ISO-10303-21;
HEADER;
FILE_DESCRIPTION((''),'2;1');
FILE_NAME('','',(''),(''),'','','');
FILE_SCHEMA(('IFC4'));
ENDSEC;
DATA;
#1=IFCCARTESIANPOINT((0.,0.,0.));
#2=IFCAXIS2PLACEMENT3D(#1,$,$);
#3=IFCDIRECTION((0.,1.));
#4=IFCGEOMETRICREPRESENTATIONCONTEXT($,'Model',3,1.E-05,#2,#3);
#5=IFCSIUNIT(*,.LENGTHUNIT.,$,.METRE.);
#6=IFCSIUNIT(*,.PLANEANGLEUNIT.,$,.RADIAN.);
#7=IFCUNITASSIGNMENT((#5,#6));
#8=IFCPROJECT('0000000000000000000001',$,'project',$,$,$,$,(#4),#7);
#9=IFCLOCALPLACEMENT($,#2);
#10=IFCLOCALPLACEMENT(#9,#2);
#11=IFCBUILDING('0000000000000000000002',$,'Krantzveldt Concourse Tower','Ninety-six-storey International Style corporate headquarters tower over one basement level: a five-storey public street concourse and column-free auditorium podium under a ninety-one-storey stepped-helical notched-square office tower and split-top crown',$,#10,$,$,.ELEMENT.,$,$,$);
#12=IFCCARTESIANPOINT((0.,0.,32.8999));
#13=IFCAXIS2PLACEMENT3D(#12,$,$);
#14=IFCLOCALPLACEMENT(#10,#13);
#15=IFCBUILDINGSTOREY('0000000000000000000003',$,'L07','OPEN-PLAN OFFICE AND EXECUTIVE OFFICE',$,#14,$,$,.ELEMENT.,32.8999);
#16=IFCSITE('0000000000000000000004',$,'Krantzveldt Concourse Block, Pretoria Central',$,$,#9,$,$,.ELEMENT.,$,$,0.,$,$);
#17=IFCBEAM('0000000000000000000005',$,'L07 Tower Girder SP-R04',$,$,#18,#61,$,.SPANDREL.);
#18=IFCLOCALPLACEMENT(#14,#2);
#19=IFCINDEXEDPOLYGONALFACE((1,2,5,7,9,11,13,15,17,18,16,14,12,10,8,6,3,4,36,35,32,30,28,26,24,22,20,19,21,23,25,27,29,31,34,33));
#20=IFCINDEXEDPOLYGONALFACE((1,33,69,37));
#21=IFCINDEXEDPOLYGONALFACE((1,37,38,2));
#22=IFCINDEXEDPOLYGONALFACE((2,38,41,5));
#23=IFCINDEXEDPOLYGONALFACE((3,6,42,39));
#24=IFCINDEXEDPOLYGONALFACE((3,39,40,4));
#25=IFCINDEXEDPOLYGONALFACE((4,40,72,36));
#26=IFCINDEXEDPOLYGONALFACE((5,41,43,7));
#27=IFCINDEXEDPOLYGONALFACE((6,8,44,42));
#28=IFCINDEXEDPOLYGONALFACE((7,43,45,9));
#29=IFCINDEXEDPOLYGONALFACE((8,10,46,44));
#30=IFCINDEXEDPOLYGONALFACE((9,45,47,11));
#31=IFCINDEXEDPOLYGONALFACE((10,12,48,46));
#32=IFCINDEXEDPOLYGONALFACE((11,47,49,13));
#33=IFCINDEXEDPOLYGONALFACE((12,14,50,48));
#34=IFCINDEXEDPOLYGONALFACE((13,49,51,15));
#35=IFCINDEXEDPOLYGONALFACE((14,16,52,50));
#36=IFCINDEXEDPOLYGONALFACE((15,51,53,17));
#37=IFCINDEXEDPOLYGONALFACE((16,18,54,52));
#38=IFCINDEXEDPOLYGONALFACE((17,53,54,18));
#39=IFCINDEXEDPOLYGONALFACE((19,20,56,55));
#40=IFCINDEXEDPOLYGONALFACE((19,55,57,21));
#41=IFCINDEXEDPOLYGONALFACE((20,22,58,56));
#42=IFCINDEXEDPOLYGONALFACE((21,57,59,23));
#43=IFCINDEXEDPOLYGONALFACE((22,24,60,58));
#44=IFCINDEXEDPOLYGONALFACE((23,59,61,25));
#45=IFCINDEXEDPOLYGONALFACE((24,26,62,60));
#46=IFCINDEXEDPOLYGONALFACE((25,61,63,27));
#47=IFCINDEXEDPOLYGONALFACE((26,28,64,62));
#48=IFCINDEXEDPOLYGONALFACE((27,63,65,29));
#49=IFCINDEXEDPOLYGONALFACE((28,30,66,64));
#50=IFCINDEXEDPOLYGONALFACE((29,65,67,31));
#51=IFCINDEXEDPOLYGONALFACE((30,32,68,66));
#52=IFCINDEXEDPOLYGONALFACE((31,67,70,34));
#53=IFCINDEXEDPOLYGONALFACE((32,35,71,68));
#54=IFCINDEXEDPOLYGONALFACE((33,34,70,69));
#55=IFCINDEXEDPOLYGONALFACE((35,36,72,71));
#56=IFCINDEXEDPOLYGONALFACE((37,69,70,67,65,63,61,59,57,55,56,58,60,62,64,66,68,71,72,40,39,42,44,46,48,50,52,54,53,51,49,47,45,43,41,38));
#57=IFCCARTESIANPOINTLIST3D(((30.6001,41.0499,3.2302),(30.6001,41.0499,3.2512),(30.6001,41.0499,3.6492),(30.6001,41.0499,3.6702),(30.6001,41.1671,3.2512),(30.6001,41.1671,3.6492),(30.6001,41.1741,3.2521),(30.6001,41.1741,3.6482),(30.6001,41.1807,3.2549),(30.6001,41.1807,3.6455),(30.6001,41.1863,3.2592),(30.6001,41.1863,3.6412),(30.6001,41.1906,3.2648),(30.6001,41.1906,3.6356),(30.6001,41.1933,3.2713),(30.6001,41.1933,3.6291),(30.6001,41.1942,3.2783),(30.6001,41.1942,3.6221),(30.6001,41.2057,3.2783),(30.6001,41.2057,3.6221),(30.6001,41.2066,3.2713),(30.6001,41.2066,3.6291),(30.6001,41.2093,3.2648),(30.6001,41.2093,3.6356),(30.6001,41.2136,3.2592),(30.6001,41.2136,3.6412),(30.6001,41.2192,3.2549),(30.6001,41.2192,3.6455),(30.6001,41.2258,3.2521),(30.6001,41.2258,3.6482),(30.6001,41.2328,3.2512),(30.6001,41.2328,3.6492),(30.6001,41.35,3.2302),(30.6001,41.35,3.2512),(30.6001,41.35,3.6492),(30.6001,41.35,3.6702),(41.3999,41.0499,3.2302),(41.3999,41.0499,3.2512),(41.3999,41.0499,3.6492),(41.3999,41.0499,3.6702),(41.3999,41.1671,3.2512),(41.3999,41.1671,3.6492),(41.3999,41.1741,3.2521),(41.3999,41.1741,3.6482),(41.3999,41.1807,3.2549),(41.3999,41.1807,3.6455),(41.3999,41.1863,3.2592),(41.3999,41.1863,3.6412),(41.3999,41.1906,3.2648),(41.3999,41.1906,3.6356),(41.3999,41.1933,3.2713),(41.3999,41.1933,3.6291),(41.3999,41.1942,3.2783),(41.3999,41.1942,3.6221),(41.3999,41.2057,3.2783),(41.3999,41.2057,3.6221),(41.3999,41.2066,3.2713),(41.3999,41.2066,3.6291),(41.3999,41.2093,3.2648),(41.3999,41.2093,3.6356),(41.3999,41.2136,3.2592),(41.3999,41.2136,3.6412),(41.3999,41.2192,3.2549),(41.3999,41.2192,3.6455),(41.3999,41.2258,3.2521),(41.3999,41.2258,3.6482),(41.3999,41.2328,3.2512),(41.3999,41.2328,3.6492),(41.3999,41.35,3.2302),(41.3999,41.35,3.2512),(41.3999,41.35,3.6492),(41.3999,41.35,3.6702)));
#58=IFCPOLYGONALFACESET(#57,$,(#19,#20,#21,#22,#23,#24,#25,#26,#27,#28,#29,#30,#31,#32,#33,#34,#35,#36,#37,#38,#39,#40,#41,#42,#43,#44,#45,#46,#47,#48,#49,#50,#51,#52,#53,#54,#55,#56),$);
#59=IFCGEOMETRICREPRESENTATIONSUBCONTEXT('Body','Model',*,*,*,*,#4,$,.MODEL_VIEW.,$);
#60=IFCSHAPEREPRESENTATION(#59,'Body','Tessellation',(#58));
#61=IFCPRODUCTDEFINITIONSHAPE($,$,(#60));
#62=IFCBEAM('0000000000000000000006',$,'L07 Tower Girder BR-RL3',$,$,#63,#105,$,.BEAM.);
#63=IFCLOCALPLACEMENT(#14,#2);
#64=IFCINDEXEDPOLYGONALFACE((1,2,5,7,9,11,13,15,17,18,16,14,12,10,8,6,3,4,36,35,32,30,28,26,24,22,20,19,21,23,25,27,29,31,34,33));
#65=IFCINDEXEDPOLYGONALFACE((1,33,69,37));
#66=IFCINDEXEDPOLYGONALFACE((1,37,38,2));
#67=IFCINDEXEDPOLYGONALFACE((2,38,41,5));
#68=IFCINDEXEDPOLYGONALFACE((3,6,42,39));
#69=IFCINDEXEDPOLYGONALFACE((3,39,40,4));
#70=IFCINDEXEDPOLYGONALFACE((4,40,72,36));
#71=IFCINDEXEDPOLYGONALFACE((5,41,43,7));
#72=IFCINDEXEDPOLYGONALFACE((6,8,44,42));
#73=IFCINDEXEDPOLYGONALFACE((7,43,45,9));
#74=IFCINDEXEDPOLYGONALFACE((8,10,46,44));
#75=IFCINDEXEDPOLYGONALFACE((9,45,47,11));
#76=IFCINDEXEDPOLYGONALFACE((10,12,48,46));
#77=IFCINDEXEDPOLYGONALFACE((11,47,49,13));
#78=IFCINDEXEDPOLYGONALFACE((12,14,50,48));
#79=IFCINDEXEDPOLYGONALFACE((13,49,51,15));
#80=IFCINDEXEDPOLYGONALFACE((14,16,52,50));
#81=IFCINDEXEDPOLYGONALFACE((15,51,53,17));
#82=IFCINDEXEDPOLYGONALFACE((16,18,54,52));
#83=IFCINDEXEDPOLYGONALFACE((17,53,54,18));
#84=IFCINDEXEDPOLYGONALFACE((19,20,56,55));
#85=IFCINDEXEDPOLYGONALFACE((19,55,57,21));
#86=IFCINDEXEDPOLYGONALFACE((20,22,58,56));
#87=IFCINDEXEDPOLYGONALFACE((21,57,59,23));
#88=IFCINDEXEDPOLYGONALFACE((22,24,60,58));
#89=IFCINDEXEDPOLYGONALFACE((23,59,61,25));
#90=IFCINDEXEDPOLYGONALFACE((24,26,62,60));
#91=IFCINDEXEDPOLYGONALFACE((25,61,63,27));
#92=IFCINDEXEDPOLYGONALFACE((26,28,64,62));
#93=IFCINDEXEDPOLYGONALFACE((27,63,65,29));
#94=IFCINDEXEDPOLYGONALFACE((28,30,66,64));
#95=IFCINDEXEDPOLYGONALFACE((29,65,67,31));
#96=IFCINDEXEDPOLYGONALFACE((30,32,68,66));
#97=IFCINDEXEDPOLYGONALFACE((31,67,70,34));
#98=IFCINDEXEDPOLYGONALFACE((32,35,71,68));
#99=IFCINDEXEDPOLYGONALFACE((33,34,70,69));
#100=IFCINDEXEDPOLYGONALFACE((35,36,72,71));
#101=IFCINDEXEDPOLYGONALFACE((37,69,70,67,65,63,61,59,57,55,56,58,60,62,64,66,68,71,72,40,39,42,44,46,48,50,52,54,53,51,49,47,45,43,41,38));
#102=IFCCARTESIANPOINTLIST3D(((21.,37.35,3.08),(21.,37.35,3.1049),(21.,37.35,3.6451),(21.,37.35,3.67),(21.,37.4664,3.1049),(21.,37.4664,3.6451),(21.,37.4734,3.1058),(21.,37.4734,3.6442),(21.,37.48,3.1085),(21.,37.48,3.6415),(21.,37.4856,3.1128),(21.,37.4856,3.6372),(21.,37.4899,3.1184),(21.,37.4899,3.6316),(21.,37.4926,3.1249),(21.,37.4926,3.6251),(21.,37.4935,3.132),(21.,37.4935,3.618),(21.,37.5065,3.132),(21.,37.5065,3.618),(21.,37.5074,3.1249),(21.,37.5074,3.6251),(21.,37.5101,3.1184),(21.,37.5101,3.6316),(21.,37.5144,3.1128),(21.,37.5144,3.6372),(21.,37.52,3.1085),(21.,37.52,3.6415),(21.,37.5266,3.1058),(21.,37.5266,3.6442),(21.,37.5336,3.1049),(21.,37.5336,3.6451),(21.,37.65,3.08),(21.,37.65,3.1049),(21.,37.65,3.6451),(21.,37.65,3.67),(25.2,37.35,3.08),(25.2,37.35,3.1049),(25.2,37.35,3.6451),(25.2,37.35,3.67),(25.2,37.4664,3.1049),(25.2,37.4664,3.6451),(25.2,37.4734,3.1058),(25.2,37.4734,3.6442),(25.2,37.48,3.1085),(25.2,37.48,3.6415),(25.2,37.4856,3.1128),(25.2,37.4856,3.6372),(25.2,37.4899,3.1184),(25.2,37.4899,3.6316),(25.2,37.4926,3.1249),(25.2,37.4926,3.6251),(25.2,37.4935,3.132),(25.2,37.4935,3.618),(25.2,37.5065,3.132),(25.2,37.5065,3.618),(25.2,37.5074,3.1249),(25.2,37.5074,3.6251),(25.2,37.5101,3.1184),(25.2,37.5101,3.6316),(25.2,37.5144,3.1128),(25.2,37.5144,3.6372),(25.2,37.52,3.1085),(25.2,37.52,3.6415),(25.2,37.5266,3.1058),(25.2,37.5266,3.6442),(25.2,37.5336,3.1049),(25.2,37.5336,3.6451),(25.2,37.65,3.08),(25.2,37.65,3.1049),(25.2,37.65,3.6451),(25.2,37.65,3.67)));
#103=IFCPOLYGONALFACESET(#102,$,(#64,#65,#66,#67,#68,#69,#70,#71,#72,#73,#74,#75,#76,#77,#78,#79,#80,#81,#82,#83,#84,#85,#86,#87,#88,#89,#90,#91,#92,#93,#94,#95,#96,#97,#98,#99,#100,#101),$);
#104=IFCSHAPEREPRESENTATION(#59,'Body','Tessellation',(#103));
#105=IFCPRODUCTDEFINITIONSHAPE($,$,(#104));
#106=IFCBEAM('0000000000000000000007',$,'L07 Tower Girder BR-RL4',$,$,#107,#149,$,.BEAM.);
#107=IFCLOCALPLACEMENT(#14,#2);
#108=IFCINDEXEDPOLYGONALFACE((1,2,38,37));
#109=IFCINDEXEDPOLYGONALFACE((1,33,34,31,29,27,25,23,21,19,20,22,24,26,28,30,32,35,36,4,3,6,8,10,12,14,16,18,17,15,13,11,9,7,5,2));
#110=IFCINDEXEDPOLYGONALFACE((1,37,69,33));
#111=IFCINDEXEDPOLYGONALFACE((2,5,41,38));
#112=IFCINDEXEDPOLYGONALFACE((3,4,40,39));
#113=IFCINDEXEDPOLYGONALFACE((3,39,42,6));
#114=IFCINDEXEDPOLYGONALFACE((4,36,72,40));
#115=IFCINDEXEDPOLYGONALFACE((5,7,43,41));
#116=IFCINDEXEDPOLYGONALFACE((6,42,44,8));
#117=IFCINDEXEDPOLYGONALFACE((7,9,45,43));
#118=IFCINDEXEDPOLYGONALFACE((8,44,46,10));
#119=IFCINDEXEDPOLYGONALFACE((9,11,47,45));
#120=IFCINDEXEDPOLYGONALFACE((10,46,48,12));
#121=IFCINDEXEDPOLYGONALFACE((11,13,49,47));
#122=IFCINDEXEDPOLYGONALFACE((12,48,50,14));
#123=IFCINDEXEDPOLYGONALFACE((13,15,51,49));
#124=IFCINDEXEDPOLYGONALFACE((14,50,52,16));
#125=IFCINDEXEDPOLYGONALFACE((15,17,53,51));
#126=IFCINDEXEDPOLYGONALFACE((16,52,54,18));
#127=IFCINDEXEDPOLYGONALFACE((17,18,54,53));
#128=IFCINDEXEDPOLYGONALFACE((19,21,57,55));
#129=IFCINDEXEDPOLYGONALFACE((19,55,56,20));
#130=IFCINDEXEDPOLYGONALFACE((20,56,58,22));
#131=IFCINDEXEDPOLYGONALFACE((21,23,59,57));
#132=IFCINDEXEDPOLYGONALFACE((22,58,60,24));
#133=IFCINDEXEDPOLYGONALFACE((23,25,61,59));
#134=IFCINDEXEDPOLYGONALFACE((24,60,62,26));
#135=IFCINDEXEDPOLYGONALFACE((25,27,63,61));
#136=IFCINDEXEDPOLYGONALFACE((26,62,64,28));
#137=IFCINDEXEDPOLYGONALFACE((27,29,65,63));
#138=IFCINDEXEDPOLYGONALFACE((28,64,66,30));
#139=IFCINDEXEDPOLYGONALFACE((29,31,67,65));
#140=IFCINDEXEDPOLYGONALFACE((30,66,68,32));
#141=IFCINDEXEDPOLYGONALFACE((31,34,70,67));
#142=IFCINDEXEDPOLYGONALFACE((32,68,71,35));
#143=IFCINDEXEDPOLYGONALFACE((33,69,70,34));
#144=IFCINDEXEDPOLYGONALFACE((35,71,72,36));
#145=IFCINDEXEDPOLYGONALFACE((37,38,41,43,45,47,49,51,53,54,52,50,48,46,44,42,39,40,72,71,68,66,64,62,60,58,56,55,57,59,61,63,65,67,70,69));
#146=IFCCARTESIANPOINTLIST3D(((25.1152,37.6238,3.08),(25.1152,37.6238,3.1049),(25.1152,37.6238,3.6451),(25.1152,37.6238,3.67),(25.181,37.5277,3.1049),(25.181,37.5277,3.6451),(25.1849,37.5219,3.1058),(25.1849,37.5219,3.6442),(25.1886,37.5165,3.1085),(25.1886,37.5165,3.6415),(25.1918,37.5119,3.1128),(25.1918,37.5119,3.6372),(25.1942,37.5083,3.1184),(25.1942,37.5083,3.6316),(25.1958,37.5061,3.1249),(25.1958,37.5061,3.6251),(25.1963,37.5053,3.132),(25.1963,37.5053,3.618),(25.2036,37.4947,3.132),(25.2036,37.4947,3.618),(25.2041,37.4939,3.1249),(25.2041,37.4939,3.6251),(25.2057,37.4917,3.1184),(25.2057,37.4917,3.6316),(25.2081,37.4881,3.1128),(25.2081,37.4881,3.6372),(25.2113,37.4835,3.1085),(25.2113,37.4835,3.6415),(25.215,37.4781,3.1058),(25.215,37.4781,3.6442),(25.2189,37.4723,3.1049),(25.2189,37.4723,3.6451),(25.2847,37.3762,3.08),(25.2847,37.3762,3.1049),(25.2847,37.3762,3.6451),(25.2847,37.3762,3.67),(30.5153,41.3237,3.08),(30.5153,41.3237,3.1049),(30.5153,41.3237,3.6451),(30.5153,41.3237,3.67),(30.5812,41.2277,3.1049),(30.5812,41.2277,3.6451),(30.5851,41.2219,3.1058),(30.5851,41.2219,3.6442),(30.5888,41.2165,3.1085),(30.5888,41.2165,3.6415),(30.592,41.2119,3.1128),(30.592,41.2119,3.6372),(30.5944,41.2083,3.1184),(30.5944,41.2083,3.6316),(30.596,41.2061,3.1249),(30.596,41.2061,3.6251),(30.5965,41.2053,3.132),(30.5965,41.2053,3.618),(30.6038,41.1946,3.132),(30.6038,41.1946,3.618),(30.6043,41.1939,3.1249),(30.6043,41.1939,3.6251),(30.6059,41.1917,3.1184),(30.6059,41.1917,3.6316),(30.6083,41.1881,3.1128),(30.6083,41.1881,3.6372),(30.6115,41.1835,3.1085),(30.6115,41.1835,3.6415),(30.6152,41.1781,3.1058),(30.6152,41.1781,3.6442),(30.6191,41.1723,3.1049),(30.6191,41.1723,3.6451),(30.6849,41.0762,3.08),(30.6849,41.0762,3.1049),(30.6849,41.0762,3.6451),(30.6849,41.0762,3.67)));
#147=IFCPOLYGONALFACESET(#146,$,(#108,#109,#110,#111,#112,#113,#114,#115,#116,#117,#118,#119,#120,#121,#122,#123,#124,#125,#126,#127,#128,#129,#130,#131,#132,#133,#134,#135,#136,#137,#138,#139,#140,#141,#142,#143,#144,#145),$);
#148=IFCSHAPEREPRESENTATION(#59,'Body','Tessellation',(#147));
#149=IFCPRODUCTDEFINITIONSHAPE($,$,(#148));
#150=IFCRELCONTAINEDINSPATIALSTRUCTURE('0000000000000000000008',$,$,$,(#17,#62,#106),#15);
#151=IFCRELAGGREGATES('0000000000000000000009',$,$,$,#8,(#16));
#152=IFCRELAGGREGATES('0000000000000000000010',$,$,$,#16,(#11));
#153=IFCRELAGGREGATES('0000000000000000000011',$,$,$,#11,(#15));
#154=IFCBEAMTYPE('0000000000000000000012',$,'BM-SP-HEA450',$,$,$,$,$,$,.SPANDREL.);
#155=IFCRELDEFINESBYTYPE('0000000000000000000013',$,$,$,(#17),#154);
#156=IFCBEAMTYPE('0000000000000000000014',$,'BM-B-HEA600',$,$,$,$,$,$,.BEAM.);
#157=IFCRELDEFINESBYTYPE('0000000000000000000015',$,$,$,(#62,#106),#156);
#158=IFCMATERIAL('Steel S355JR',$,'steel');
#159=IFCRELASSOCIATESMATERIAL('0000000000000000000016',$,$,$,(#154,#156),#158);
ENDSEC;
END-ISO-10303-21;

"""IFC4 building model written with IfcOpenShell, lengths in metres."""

from ifc_helpers import new_model, si_unit, direction, frame, origin, origin_2d, place, context, subcontext, project, spatial, i_section, extrude, source, transform, mapped, material, material_profile, profile_set, type_object, type_shapes, element, save


model = new_model("IFC4")

# Units and contexts
model_context = context("Model", 3, precision=1e-05, world=origin(), true_north=direction((0.0, 1.0)))
body_context = subcontext(model_context, "Body", "Model", "MODEL_VIEW")
ifc_project = project(units=[si_unit("LENGTHUNIT", "METRE"), si_unit("PLANEANGLEUNIT", "RADIAN")], contexts=[model_context])

# Site, building, storey
site_placement = place(None, origin())
site = spatial("IfcSite", under=ifc_project, at=site_placement, Name="Krantzveldt Concourse Block, Pretoria Central", CompositionType="ELEMENT", RefElevation=0.0)
building_placement = place(site_placement, origin())
building = spatial("IfcBuilding", under=site, at=building_placement, Name="Krantzveldt Concourse Tower", Description="Ninety-six-storey International Style corporate headquarters tower over one basement level: a five-storey public street concourse and column-free auditorium podium under a ninety-one-storey stepped-helical notched-square office tower and split-top crown", CompositionType="ELEMENT")
storey_placement = place(building_placement, frame((0.0, 0.0, 32.8999)))
storey = spatial("IfcBuildingStorey", under=building, at=storey_placement, Name="L07", Description="OPEN-PLAN OFFICE AND EXECUTIVE OFFICE", CompositionType="ELEMENT", Elevation=32.8999)

# Beams
ifc_material_1 = material(Name="Steel S355JR", Category="steel")
ifc_material_profile_1 = material_profile(ifc_material_1, i_section(OverallWidth=0.3, OverallDepth=0.4399, WebThickness=0.0115, FlangeThickness=0.021, FilletRadius=0.0271, at=origin_2d()), Name="Steel S355JR", Category="steel")
ifc_profile_set_1 = profile_set([ifc_material_profile_1], Name="Steel S355JR - HEA 450")
beam_type_1 = type_object("IfcBeamType", Name="BM-SP-HEA450", PredefinedType="SPANDREL", material=ifc_profile_set_1)
shared_shape_1 = source(origin(), body_context, "Body", "SweptSolid", [
    extrude(i_section(OverallWidth=0.3, OverallDepth=0.4399, WebThickness=0.0115, FlangeThickness=0.021, FilletRadius=0.0271, at=origin_2d()), origin(), (0.0, 0.0, 1.0), 10.7998),
])
beam_1_placement = place(storey_placement, frame((30.6001, 41.2, 3.4502), z_axis=(1.0, 0.0, 0.0), x_axis=(0.0, 1.0, 0.0)))
element("IfcBeam", 1, at=beam_1_placement, inside=storey, type_object=beam_type_1, Name="L07 Tower Girder SP-R04", PredefinedType="SPANDREL", context=body_context, shape_type="MappedRepresentation", body=[
    mapped(shared_shape_1, transform((0.0, 0.0, 0.0), x_axis=(1.0, 0.0, 0.0), y_axis=(0.0, 1.0, 0.0), z_axis=(0.0, 0.0, 1.0), scale=1.0)),
])
ifc_material_profile_2 = material_profile(ifc_material_1, i_section(OverallWidth=0.3, OverallDepth=0.5901, WebThickness=0.0129, FlangeThickness=0.0249, FilletRadius=0.0271, at=origin_2d()), Name="Steel S355JR", Category="steel")
ifc_profile_set_2 = profile_set([ifc_material_profile_2], Name="Steel S355JR - HEA 600")
beam_type_2 = type_object("IfcBeamType", Name="BM-B-HEA600", PredefinedType="BEAM", material=ifc_profile_set_2)
shared_shape_2 = source(origin(), body_context, "Body", "SweptSolid", [
    extrude(i_section(OverallWidth=0.3, OverallDepth=0.5901, WebThickness=0.0129, FlangeThickness=0.0249, FilletRadius=0.0271, at=origin_2d()), origin(), (0.0, 0.0, 1.0), 4.2),
])
beam_2_placement = place(storey_placement, frame((21.0, 37.5, 3.375), z_axis=(1.0, 0.0, 0.0), x_axis=(0.0, 1.0, 0.0)))
element("IfcBeam", 2, at=beam_2_placement, inside=storey, type_object=beam_type_2, Name="L07 Tower Girder BR-RL3", PredefinedType="BEAM", context=body_context, shape_type="MappedRepresentation", body=[
    mapped(shared_shape_2, transform((0.0, 0.0, 0.0), x_axis=(1.0, 0.0, 0.0), y_axis=(0.0, 1.0, 0.0), z_axis=(0.0, 0.0, 1.0), scale=1.0)),
])
shared_shape_3 = source(origin(), body_context, "Body", "SweptSolid", [
    extrude(i_section(OverallWidth=0.3, OverallDepth=0.5901, WebThickness=0.0129, FlangeThickness=0.0249, FilletRadius=0.0271, at=origin_2d()), origin(), (0.0, 0.0, 1.0), 6.5461),
])
type_shapes(beam_type_2, [shared_shape_2, shared_shape_3])
beam_3_placement = place(storey_placement, frame((25.2, 37.5, 3.375), z_axis=(0.824943, 0.565216, 0.0), x_axis=(-0.565216, 0.824943, 0.0)))
element("IfcBeam", 3, at=beam_3_placement, inside=storey, type_object=beam_type_2, Name="L07 Tower Girder BR-RL4", PredefinedType="BEAM", context=body_context, shape_type="MappedRepresentation", body=[
    mapped(shared_shape_3, transform((0.0, 0.0, 0.0), x_axis=(1.0, 0.0, 0.0), y_axis=(0.0, 1.0, 0.0), z_axis=(0.0, 0.0, 1.0), scale=1.0)),
])

save(model, "model.ifc")
